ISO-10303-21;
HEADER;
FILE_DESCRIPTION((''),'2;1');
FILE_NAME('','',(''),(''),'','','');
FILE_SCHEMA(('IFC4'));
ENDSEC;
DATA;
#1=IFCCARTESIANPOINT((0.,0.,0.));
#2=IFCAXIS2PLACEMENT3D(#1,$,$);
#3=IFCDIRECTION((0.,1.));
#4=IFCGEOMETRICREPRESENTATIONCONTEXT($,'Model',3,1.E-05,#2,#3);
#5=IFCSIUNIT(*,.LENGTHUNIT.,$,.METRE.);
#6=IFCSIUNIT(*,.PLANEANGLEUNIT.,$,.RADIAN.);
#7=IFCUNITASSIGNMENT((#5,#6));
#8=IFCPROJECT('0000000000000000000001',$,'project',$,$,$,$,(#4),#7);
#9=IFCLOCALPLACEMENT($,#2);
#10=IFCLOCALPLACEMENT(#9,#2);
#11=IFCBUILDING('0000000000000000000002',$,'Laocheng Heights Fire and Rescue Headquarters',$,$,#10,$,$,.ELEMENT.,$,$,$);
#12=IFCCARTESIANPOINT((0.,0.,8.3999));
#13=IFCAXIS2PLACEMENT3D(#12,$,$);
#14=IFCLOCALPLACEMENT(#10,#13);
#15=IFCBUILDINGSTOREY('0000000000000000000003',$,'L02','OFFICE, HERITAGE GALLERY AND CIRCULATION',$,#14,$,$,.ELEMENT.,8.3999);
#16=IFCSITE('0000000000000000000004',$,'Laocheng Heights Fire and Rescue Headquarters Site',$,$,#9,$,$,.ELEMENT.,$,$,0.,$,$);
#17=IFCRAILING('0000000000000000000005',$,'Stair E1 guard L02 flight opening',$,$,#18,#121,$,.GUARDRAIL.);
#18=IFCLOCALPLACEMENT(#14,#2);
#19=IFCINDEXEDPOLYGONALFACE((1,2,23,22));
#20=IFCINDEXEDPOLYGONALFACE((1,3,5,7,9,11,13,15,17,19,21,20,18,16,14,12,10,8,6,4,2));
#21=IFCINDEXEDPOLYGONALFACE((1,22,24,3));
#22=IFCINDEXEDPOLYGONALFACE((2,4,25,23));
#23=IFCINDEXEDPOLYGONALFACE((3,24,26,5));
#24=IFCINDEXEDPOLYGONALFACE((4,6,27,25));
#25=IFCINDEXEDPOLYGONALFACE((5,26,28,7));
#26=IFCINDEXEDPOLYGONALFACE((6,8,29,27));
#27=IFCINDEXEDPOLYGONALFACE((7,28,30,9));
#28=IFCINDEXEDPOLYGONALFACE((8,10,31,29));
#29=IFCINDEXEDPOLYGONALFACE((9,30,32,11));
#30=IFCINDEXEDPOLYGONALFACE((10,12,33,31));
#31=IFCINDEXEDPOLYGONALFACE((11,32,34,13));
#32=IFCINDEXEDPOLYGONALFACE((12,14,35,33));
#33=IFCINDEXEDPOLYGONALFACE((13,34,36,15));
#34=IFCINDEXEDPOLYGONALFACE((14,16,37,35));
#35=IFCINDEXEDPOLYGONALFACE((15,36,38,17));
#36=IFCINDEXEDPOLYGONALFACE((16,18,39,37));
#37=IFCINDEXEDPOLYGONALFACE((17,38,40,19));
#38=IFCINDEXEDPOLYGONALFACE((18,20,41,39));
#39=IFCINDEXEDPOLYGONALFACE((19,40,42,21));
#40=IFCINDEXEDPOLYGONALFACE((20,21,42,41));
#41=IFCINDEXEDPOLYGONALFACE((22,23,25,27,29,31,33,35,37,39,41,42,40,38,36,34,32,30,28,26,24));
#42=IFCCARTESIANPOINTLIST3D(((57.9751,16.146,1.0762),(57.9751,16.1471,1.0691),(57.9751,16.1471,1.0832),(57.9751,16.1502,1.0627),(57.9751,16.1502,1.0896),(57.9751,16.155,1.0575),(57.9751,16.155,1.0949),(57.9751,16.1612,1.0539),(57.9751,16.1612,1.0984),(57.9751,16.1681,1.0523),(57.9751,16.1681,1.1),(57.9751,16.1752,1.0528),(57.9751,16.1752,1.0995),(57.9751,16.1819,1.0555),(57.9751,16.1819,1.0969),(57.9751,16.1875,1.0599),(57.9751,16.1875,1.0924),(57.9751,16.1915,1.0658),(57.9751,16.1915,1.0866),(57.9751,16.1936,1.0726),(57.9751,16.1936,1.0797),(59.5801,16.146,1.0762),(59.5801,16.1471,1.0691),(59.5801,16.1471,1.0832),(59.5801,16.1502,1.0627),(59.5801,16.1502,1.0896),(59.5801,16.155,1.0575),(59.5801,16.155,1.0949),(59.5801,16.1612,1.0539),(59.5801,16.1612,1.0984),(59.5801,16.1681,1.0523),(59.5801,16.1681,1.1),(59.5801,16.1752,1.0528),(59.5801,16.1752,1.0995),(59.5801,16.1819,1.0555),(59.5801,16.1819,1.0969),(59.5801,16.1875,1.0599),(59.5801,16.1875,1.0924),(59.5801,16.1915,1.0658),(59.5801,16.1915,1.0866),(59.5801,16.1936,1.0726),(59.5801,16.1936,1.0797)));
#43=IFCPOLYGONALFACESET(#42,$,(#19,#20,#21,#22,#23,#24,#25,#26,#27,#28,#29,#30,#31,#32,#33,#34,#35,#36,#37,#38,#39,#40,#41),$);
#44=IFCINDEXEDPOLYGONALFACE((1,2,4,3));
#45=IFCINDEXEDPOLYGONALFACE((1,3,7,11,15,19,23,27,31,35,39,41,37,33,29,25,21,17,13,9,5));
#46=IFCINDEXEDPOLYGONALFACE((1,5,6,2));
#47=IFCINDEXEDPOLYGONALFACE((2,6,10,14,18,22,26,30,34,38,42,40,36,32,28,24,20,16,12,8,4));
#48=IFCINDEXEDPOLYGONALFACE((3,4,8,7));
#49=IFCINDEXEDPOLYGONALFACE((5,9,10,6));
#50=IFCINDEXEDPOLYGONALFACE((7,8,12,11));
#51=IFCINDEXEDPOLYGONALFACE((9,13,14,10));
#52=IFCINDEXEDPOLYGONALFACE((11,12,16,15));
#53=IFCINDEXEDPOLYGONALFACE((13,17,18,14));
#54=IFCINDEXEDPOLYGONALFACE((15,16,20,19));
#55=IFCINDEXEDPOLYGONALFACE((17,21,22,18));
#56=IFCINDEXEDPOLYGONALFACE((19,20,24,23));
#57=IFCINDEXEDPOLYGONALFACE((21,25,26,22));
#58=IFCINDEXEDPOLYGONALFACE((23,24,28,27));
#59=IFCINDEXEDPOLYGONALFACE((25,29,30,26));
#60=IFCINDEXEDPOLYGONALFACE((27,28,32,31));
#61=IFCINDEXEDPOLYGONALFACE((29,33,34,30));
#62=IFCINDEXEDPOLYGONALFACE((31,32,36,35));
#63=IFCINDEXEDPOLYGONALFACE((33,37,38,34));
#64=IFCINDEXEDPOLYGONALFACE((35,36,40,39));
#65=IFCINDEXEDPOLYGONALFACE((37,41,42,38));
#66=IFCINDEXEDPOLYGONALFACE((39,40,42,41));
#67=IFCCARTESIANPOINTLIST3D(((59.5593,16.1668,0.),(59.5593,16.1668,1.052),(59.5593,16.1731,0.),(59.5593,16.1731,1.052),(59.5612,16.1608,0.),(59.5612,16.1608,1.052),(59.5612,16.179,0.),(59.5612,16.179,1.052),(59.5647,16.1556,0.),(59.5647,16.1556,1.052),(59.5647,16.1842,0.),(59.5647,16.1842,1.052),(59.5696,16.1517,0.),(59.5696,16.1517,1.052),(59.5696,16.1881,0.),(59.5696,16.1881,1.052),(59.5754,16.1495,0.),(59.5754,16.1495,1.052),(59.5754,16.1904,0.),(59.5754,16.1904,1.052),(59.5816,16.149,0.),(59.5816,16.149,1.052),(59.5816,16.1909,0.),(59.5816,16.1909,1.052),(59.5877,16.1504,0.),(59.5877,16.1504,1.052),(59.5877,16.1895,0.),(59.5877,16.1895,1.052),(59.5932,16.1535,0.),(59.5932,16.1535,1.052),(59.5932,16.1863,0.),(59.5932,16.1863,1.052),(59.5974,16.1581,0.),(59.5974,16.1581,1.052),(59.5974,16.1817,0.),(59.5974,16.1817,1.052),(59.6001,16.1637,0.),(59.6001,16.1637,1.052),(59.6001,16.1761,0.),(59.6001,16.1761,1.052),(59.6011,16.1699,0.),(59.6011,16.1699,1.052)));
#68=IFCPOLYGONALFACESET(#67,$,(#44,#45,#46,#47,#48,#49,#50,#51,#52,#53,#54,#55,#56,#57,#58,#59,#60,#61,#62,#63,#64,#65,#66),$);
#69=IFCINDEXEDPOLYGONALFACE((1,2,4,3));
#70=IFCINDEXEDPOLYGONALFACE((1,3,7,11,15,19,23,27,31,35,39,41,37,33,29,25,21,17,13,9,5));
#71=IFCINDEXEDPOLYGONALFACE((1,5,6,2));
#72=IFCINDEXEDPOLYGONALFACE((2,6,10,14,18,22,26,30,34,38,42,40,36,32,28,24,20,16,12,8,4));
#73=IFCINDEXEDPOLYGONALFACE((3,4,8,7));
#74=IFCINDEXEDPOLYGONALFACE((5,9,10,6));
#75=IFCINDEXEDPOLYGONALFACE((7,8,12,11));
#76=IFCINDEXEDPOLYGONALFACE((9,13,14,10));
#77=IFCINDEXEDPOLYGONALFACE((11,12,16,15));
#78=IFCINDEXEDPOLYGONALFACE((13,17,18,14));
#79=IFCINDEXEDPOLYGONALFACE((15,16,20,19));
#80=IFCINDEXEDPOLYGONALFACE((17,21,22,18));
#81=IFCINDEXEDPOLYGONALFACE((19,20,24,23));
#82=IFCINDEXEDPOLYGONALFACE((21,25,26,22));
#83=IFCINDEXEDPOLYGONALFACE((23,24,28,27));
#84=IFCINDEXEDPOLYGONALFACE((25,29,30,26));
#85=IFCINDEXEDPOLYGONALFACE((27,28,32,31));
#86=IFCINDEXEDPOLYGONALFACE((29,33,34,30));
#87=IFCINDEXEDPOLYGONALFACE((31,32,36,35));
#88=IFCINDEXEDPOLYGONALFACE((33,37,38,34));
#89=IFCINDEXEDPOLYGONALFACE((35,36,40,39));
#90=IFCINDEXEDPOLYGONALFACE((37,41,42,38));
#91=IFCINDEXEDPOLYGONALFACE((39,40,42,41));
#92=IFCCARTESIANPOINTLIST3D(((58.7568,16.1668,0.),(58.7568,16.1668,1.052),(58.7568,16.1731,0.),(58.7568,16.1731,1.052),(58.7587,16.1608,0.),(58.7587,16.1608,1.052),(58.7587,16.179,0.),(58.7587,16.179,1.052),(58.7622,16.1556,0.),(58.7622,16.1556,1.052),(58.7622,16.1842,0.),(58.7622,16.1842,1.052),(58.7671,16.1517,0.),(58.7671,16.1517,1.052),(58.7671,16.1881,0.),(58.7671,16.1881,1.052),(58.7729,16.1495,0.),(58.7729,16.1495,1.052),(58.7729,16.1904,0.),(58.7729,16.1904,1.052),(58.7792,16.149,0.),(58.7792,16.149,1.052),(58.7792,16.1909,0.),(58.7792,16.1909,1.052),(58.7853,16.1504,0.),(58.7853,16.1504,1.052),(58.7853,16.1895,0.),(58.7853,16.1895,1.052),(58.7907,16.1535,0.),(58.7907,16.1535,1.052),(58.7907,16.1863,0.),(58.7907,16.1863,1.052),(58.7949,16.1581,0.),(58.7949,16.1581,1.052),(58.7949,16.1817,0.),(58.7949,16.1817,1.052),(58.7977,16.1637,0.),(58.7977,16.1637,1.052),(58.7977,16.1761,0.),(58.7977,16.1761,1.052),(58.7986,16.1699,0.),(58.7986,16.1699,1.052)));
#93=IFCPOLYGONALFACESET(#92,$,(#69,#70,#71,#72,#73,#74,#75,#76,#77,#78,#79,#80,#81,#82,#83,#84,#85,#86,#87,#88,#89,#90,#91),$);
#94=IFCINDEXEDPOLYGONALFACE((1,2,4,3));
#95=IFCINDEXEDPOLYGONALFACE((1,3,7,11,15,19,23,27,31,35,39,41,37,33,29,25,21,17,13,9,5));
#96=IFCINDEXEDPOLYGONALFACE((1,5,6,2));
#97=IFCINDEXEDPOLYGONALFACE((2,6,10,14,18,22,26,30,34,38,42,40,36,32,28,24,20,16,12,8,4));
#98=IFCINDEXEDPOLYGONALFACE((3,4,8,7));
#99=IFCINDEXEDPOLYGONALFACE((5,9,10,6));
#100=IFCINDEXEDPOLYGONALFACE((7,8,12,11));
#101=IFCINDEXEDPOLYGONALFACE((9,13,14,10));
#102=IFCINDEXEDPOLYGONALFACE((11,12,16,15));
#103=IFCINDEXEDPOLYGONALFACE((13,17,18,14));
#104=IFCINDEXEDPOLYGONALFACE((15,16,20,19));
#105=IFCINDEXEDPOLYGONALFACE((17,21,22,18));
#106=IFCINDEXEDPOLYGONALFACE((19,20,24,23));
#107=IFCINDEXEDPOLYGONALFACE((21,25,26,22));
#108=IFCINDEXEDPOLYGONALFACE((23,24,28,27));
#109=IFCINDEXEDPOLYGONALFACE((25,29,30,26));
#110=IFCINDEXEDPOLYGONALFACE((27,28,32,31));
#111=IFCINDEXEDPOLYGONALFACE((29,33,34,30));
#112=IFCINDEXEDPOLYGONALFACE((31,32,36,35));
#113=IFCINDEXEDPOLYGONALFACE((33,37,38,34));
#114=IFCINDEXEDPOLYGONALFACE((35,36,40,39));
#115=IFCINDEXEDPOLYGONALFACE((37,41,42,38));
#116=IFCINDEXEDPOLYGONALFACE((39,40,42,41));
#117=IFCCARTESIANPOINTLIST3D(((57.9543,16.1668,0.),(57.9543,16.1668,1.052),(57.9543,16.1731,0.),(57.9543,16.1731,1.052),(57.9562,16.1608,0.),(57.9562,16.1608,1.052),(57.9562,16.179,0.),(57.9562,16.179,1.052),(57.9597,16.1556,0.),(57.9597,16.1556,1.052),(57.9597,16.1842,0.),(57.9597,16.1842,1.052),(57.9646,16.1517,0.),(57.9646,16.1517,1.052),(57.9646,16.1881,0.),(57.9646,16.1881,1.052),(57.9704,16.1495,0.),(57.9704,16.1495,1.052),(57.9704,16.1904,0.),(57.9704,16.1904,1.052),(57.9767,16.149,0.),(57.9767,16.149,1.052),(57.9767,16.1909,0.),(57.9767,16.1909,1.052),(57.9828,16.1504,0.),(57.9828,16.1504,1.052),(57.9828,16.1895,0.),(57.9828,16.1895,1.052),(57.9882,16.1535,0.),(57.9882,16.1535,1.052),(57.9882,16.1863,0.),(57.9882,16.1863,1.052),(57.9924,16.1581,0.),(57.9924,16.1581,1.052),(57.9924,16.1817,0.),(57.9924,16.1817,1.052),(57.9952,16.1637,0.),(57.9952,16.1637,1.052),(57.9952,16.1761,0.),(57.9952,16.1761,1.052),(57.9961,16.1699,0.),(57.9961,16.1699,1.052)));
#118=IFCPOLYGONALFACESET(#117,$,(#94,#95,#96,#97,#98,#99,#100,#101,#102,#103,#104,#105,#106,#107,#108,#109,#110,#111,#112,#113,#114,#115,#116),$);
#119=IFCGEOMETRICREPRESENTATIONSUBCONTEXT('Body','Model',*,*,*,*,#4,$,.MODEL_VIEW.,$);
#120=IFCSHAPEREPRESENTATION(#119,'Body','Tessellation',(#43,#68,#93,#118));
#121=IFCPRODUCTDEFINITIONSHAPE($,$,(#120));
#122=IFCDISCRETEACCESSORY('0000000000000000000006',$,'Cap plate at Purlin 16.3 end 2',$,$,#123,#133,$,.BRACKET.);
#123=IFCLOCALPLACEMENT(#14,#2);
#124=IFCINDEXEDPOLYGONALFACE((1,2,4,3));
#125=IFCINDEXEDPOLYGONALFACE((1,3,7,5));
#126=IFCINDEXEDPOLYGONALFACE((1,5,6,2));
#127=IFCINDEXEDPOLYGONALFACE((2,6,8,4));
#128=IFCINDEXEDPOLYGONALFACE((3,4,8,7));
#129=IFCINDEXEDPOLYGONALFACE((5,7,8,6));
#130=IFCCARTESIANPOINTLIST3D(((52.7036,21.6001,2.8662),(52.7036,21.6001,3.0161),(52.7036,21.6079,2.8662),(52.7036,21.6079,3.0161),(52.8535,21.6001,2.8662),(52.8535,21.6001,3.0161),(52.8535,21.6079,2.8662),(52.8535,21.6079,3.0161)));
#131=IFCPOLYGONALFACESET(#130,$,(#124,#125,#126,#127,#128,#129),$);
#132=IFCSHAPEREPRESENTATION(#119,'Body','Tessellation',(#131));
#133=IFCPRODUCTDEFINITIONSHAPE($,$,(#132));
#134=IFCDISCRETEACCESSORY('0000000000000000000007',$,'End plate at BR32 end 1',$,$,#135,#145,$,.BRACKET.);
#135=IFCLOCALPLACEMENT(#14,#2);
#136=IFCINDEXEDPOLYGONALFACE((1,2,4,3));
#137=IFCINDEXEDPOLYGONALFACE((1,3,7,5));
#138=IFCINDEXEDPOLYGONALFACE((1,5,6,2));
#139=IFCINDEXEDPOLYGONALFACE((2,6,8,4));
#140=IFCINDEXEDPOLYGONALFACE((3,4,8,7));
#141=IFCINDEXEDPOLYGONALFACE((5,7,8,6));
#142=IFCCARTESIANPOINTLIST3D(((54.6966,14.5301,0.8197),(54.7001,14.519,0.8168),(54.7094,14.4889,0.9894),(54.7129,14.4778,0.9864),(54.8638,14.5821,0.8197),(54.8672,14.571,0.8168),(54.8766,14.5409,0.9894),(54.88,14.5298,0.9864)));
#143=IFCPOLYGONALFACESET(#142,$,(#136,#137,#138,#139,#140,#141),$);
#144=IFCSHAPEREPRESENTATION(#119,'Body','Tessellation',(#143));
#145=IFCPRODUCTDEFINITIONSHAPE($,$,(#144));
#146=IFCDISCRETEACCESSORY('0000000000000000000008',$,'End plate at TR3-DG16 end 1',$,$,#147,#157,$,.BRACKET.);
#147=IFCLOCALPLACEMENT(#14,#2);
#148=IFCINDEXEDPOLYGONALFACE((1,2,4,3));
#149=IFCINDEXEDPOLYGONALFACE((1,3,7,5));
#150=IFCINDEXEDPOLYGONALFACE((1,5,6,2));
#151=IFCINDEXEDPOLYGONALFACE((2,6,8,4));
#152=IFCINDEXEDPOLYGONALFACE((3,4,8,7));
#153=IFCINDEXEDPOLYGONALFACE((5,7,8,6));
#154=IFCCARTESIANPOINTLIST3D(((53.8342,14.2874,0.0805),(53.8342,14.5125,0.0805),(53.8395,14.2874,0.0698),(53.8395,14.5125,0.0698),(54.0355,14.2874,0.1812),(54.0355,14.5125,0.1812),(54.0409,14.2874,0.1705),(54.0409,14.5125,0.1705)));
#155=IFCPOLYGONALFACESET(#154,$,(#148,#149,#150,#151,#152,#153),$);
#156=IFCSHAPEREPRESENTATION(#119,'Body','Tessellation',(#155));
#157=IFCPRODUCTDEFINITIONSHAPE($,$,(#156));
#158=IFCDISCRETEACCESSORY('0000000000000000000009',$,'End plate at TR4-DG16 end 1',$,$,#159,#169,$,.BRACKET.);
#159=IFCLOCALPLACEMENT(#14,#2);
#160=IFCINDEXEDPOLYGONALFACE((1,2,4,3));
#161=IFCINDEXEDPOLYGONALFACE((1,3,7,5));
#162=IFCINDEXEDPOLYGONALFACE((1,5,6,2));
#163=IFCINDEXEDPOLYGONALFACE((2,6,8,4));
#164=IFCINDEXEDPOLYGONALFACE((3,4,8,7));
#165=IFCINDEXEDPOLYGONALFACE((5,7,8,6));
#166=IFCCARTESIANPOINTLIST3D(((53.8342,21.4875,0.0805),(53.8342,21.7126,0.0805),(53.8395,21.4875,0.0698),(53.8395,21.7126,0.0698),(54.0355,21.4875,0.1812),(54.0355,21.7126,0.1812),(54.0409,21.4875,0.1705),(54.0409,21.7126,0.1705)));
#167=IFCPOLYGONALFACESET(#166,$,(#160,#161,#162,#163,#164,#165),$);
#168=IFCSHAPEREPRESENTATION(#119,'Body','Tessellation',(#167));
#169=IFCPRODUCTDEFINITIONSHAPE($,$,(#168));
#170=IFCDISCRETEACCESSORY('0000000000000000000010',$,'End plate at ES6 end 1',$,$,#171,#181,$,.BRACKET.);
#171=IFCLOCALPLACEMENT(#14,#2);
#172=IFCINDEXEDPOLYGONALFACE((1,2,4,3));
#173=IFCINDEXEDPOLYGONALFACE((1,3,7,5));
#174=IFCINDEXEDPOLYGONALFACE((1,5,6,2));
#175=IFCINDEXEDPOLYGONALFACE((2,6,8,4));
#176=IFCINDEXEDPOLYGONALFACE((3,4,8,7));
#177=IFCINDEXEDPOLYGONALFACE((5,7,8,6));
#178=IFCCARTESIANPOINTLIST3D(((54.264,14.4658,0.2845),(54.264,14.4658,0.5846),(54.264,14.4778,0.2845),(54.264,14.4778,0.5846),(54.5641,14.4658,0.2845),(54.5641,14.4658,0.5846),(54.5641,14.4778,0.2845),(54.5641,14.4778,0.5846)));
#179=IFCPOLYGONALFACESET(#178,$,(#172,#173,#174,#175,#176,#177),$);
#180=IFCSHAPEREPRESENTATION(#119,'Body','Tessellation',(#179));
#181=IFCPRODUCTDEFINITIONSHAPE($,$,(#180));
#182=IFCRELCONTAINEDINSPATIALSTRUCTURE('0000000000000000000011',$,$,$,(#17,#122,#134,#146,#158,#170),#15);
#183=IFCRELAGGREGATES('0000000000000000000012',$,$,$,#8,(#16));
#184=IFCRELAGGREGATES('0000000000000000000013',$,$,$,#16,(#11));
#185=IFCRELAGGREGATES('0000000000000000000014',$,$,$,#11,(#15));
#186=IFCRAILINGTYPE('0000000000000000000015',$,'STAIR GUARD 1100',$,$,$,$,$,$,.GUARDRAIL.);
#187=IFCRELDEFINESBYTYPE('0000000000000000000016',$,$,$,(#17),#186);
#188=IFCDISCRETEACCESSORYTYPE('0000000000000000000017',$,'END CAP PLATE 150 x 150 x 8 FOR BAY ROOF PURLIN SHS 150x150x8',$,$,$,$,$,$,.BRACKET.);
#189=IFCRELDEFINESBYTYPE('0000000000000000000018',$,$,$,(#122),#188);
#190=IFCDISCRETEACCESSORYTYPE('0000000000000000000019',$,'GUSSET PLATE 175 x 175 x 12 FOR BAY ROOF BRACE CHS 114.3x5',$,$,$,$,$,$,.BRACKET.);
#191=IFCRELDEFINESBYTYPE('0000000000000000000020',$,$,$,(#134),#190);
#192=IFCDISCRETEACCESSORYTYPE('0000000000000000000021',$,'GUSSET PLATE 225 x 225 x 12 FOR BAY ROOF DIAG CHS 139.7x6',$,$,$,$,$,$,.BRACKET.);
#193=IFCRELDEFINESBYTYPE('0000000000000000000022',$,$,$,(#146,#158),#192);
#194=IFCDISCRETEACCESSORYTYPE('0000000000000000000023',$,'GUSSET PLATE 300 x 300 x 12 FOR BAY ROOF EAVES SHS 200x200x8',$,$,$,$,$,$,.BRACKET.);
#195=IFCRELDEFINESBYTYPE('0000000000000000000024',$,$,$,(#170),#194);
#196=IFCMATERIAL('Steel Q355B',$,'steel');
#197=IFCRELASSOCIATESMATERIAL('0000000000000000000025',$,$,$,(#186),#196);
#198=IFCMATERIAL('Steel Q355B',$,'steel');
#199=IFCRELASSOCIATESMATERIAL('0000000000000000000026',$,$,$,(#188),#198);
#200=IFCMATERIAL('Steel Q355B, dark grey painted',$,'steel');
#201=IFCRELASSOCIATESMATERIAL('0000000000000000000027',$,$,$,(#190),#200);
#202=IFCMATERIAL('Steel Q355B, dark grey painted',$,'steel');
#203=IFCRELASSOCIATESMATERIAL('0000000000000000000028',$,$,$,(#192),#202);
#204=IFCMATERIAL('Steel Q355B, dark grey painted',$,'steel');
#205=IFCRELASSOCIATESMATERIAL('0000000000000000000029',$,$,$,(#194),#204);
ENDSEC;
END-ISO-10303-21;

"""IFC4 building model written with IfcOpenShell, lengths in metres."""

from ifc_helpers import new_model, si_unit, direction, frame, origin, origin_2d, place, context, subcontext, project, spatial, rectangle, circle, extrude, material, material_profile, profile_set, type_object, element, save


model = new_model("IFC4")

# Units and contexts
model_context = context("Model", 3, precision=1e-05, world=origin(), true_north=direction((0.0, 1.0)))
body_context = subcontext(model_context, "Body", "Model", "MODEL_VIEW")
ifc_project = project(units=[si_unit("LENGTHUNIT", "METRE"), si_unit("PLANEANGLEUNIT", "RADIAN")], contexts=[model_context])

# Site, building, storey
site_placement = place(None, origin())
site = spatial("IfcSite", under=ifc_project, at=site_placement, Name="Laocheng Heights Fire and Rescue Headquarters Site", CompositionType="ELEMENT", RefElevation=0.0)
building_placement = place(site_placement, origin())
building = spatial("IfcBuilding", under=site, at=building_placement, Name="Laocheng Heights Fire and Rescue Headquarters", CompositionType="ELEMENT")
storey_placement = place(building_placement, frame((0.0, 0.0, 8.3999)))
storey = spatial("IfcBuildingStorey", under=building, at=storey_placement, Name="L02", Description="OFFICE, HERITAGE GALLERY AND CIRCULATION", CompositionType="ELEMENT", Elevation=8.3999)

# Railing
ifc_material_1 = material(Name="Steel Q355B", Category="steel")
railing_type = type_object("IfcRailingType", Name="STAIR GUARD 1100", PredefinedType="GUARDRAIL", material=ifc_material_1)
railing_1_placement = place(storey_placement, frame((59.5801, 16.1699, 0.0)))
element("IfcRailing", 1, at=railing_1_placement, inside=storey, type_object=railing_type, Name="Stair E1 guard L02 flight opening", PredefinedType="GUARDRAIL", context=body_context, shape_type="SweptSolid", body=[
    extrude(circle(Radius=0.0239, at=origin_2d()), frame((0.0, 0.0, 1.0762), z_axis=(-1.0, 0.0, 0.0), x_axis=(0.0, -1.0, 0.0)), (0.0, 0.0, 1.0), 1.605),
    extrude(circle(Radius=0.021, at=origin_2d()), origin(), (0.0, 0.0, 1.0), 1.052),
    extrude(circle(Radius=0.021, at=origin_2d()), frame((-0.8025, 0.0, 0.0)), (0.0, 0.0, 1.0), 1.052),
    extrude(circle(Radius=0.021, at=origin_2d()), frame((-1.605, 0.0, 0.0)), (0.0, 0.0, 1.0), 1.052),
])

# Discrete accessories
ifc_material_2 = material(Name="Steel Q355B", Category="steel")
ifc_material_profile_1 = material_profile(ifc_material_2, rectangle(XDim=0.1499, YDim=0.1499, at=origin_2d()), Name="END CAP PLATE 150 x 150 x 8 FOR BAY ROOF PURLIN SHS 150x150x8")
ifc_profile_set_1 = profile_set([ifc_material_profile_1], Name="Steel Q355B")
discrete_accessory_type_1 = type_object("IfcDiscreteAccessoryType", Name="END CAP PLATE 150 x 150 x 8 FOR BAY ROOF PURLIN SHS 150x150x8", PredefinedType="BRACKET", material=ifc_profile_set_1)
discrete_accessory_1_placement = place(storey_placement, frame((52.7786, 21.6001, 2.9412), z_axis=(0.0, 1.0, 0.0), x_axis=(-1.0, 0.0, 0.0)))
element("IfcDiscreteAccessory", 2, at=discrete_accessory_1_placement, inside=storey, type_object=discrete_accessory_type_1, Name="Cap plate at Purlin 16.3 end 2", PredefinedType="BRACKET", context=body_context, shape_type="SweptSolid", body=[
    extrude(rectangle(XDim=0.1499, YDim=0.1499, at=origin_2d()), origin(), (0.0, 0.0, 1.0), 0.0078),
])
ifc_material_3 = material(Name="Steel Q355B, dark grey painted", Category="steel")
ifc_material_profile_2 = material_profile(ifc_material_3, rectangle(XDim=0.175, YDim=0.175, at=origin_2d()), Name="GUSSET PLATE 175 x 175 x 12 FOR BAY ROOF BRACE CHS 114.3x5")
ifc_profile_set_2 = profile_set([ifc_material_profile_2], Name="Steel Q355B, dark grey painted")
discrete_accessory_type_2 = type_object("IfcDiscreteAccessoryType", Name="GUSSET PLATE 175 x 175 x 12 FOR BAY ROOF BRACE CHS 114.3x5", PredefinedType="BRACKET", material=ifc_profile_set_2)
discrete_accessory_2_placement = place(storey_placement, frame((54.79, 14.5244, 0.9016), z_axis=(-0.287881, 0.925331, 0.246755), x_axis=(-0.954857, -0.297067, 0.0)))
element("IfcDiscreteAccessory", 3, at=discrete_accessory_2_placement, inside=storey, type_object=discrete_accessory_type_2, Name="End plate at BR32 end 1", PredefinedType="BRACKET", context=body_context, shape_type="SweptSolid", body=[
    extrude(rectangle(XDim=0.175, YDim=0.175, at=origin_2d()), origin(), (0.0, 0.0, 1.0), 0.012),
])
ifc_material_4 = material(Name="Steel Q355B, dark grey painted", Category="steel")
ifc_material_profile_3 = material_profile(ifc_material_4, rectangle(XDim=0.2251, YDim=0.2251, at=origin_2d()), Name="GUSSET PLATE 225 x 225 x 12 FOR BAY ROOF DIAG CHS 139.7x6")
ifc_profile_set_3 = profile_set([ifc_material_profile_3], Name="Steel Q355B, dark grey painted")
discrete_accessory_type_3 = type_object("IfcDiscreteAccessoryType", Name="GUSSET PLATE 225 x 225 x 12 FOR BAY ROOF DIAG CHS 139.7x6", PredefinedType="BRACKET", material=ifc_profile_set_3)
for number, where, z_axis, x_axis, name in (
    (4, (53.9402, 14.3999, 0.1201), (-0.447214, 0.0, 0.894427), (0.0, -1.0, 0.0), "End plate at TR3-DG16 end 1"),
    (5, (53.9402, 21.6001, 0.1201), (-0.447214, 0.0, 0.894427), (0.0, -1.0, 0.0), "End plate at TR4-DG16 end 1"),
):
    element("IfcDiscreteAccessory", number, at=place(storey_placement, frame(where, z_axis=z_axis, x_axis=x_axis)), inside=storey, type_object=discrete_accessory_type_3, Name=name, PredefinedType="BRACKET", context=body_context, shape_type="SweptSolid", body=[
        extrude(rectangle(XDim=0.2251, YDim=0.2251, at=origin_2d()), origin(), (0.0, 0.0, 1.0), 0.012),
    ])
ifc_material_5 = material(Name="Steel Q355B, dark grey painted", Category="steel")
ifc_material_profile_4 = material_profile(ifc_material_5, rectangle(XDim=0.3, YDim=0.3, at=origin_2d()), Name="GUSSET PLATE 300 x 300 x 12 FOR BAY ROOF EAVES SHS 200x200x8")
ifc_profile_set_4 = profile_set([ifc_material_profile_4], Name="Steel Q355B, dark grey painted")
discrete_accessory_type_4 = type_object("IfcDiscreteAccessoryType", Name="GUSSET PLATE 300 x 300 x 12 FOR BAY ROOF EAVES SHS 200x200x8", PredefinedType="BRACKET", material=ifc_profile_set_4)
discrete_accessory_3_placement = place(storey_placement, frame((54.4141, 14.4658, 0.4346), z_axis=(0.0, 1.0, 0.0), x_axis=(-1.0, 0.0, 0.0)))
element("IfcDiscreteAccessory", 6, at=discrete_accessory_3_placement, inside=storey, type_object=discrete_accessory_type_4, Name="End plate at ES6 end 1", PredefinedType="BRACKET", context=body_context, shape_type="SweptSolid", body=[
    extrude(rectangle(XDim=0.3, YDim=0.3, at=origin_2d()), origin(), (0.0, 0.0, 1.0), 0.012),
])

save(model, "model.ifc")
